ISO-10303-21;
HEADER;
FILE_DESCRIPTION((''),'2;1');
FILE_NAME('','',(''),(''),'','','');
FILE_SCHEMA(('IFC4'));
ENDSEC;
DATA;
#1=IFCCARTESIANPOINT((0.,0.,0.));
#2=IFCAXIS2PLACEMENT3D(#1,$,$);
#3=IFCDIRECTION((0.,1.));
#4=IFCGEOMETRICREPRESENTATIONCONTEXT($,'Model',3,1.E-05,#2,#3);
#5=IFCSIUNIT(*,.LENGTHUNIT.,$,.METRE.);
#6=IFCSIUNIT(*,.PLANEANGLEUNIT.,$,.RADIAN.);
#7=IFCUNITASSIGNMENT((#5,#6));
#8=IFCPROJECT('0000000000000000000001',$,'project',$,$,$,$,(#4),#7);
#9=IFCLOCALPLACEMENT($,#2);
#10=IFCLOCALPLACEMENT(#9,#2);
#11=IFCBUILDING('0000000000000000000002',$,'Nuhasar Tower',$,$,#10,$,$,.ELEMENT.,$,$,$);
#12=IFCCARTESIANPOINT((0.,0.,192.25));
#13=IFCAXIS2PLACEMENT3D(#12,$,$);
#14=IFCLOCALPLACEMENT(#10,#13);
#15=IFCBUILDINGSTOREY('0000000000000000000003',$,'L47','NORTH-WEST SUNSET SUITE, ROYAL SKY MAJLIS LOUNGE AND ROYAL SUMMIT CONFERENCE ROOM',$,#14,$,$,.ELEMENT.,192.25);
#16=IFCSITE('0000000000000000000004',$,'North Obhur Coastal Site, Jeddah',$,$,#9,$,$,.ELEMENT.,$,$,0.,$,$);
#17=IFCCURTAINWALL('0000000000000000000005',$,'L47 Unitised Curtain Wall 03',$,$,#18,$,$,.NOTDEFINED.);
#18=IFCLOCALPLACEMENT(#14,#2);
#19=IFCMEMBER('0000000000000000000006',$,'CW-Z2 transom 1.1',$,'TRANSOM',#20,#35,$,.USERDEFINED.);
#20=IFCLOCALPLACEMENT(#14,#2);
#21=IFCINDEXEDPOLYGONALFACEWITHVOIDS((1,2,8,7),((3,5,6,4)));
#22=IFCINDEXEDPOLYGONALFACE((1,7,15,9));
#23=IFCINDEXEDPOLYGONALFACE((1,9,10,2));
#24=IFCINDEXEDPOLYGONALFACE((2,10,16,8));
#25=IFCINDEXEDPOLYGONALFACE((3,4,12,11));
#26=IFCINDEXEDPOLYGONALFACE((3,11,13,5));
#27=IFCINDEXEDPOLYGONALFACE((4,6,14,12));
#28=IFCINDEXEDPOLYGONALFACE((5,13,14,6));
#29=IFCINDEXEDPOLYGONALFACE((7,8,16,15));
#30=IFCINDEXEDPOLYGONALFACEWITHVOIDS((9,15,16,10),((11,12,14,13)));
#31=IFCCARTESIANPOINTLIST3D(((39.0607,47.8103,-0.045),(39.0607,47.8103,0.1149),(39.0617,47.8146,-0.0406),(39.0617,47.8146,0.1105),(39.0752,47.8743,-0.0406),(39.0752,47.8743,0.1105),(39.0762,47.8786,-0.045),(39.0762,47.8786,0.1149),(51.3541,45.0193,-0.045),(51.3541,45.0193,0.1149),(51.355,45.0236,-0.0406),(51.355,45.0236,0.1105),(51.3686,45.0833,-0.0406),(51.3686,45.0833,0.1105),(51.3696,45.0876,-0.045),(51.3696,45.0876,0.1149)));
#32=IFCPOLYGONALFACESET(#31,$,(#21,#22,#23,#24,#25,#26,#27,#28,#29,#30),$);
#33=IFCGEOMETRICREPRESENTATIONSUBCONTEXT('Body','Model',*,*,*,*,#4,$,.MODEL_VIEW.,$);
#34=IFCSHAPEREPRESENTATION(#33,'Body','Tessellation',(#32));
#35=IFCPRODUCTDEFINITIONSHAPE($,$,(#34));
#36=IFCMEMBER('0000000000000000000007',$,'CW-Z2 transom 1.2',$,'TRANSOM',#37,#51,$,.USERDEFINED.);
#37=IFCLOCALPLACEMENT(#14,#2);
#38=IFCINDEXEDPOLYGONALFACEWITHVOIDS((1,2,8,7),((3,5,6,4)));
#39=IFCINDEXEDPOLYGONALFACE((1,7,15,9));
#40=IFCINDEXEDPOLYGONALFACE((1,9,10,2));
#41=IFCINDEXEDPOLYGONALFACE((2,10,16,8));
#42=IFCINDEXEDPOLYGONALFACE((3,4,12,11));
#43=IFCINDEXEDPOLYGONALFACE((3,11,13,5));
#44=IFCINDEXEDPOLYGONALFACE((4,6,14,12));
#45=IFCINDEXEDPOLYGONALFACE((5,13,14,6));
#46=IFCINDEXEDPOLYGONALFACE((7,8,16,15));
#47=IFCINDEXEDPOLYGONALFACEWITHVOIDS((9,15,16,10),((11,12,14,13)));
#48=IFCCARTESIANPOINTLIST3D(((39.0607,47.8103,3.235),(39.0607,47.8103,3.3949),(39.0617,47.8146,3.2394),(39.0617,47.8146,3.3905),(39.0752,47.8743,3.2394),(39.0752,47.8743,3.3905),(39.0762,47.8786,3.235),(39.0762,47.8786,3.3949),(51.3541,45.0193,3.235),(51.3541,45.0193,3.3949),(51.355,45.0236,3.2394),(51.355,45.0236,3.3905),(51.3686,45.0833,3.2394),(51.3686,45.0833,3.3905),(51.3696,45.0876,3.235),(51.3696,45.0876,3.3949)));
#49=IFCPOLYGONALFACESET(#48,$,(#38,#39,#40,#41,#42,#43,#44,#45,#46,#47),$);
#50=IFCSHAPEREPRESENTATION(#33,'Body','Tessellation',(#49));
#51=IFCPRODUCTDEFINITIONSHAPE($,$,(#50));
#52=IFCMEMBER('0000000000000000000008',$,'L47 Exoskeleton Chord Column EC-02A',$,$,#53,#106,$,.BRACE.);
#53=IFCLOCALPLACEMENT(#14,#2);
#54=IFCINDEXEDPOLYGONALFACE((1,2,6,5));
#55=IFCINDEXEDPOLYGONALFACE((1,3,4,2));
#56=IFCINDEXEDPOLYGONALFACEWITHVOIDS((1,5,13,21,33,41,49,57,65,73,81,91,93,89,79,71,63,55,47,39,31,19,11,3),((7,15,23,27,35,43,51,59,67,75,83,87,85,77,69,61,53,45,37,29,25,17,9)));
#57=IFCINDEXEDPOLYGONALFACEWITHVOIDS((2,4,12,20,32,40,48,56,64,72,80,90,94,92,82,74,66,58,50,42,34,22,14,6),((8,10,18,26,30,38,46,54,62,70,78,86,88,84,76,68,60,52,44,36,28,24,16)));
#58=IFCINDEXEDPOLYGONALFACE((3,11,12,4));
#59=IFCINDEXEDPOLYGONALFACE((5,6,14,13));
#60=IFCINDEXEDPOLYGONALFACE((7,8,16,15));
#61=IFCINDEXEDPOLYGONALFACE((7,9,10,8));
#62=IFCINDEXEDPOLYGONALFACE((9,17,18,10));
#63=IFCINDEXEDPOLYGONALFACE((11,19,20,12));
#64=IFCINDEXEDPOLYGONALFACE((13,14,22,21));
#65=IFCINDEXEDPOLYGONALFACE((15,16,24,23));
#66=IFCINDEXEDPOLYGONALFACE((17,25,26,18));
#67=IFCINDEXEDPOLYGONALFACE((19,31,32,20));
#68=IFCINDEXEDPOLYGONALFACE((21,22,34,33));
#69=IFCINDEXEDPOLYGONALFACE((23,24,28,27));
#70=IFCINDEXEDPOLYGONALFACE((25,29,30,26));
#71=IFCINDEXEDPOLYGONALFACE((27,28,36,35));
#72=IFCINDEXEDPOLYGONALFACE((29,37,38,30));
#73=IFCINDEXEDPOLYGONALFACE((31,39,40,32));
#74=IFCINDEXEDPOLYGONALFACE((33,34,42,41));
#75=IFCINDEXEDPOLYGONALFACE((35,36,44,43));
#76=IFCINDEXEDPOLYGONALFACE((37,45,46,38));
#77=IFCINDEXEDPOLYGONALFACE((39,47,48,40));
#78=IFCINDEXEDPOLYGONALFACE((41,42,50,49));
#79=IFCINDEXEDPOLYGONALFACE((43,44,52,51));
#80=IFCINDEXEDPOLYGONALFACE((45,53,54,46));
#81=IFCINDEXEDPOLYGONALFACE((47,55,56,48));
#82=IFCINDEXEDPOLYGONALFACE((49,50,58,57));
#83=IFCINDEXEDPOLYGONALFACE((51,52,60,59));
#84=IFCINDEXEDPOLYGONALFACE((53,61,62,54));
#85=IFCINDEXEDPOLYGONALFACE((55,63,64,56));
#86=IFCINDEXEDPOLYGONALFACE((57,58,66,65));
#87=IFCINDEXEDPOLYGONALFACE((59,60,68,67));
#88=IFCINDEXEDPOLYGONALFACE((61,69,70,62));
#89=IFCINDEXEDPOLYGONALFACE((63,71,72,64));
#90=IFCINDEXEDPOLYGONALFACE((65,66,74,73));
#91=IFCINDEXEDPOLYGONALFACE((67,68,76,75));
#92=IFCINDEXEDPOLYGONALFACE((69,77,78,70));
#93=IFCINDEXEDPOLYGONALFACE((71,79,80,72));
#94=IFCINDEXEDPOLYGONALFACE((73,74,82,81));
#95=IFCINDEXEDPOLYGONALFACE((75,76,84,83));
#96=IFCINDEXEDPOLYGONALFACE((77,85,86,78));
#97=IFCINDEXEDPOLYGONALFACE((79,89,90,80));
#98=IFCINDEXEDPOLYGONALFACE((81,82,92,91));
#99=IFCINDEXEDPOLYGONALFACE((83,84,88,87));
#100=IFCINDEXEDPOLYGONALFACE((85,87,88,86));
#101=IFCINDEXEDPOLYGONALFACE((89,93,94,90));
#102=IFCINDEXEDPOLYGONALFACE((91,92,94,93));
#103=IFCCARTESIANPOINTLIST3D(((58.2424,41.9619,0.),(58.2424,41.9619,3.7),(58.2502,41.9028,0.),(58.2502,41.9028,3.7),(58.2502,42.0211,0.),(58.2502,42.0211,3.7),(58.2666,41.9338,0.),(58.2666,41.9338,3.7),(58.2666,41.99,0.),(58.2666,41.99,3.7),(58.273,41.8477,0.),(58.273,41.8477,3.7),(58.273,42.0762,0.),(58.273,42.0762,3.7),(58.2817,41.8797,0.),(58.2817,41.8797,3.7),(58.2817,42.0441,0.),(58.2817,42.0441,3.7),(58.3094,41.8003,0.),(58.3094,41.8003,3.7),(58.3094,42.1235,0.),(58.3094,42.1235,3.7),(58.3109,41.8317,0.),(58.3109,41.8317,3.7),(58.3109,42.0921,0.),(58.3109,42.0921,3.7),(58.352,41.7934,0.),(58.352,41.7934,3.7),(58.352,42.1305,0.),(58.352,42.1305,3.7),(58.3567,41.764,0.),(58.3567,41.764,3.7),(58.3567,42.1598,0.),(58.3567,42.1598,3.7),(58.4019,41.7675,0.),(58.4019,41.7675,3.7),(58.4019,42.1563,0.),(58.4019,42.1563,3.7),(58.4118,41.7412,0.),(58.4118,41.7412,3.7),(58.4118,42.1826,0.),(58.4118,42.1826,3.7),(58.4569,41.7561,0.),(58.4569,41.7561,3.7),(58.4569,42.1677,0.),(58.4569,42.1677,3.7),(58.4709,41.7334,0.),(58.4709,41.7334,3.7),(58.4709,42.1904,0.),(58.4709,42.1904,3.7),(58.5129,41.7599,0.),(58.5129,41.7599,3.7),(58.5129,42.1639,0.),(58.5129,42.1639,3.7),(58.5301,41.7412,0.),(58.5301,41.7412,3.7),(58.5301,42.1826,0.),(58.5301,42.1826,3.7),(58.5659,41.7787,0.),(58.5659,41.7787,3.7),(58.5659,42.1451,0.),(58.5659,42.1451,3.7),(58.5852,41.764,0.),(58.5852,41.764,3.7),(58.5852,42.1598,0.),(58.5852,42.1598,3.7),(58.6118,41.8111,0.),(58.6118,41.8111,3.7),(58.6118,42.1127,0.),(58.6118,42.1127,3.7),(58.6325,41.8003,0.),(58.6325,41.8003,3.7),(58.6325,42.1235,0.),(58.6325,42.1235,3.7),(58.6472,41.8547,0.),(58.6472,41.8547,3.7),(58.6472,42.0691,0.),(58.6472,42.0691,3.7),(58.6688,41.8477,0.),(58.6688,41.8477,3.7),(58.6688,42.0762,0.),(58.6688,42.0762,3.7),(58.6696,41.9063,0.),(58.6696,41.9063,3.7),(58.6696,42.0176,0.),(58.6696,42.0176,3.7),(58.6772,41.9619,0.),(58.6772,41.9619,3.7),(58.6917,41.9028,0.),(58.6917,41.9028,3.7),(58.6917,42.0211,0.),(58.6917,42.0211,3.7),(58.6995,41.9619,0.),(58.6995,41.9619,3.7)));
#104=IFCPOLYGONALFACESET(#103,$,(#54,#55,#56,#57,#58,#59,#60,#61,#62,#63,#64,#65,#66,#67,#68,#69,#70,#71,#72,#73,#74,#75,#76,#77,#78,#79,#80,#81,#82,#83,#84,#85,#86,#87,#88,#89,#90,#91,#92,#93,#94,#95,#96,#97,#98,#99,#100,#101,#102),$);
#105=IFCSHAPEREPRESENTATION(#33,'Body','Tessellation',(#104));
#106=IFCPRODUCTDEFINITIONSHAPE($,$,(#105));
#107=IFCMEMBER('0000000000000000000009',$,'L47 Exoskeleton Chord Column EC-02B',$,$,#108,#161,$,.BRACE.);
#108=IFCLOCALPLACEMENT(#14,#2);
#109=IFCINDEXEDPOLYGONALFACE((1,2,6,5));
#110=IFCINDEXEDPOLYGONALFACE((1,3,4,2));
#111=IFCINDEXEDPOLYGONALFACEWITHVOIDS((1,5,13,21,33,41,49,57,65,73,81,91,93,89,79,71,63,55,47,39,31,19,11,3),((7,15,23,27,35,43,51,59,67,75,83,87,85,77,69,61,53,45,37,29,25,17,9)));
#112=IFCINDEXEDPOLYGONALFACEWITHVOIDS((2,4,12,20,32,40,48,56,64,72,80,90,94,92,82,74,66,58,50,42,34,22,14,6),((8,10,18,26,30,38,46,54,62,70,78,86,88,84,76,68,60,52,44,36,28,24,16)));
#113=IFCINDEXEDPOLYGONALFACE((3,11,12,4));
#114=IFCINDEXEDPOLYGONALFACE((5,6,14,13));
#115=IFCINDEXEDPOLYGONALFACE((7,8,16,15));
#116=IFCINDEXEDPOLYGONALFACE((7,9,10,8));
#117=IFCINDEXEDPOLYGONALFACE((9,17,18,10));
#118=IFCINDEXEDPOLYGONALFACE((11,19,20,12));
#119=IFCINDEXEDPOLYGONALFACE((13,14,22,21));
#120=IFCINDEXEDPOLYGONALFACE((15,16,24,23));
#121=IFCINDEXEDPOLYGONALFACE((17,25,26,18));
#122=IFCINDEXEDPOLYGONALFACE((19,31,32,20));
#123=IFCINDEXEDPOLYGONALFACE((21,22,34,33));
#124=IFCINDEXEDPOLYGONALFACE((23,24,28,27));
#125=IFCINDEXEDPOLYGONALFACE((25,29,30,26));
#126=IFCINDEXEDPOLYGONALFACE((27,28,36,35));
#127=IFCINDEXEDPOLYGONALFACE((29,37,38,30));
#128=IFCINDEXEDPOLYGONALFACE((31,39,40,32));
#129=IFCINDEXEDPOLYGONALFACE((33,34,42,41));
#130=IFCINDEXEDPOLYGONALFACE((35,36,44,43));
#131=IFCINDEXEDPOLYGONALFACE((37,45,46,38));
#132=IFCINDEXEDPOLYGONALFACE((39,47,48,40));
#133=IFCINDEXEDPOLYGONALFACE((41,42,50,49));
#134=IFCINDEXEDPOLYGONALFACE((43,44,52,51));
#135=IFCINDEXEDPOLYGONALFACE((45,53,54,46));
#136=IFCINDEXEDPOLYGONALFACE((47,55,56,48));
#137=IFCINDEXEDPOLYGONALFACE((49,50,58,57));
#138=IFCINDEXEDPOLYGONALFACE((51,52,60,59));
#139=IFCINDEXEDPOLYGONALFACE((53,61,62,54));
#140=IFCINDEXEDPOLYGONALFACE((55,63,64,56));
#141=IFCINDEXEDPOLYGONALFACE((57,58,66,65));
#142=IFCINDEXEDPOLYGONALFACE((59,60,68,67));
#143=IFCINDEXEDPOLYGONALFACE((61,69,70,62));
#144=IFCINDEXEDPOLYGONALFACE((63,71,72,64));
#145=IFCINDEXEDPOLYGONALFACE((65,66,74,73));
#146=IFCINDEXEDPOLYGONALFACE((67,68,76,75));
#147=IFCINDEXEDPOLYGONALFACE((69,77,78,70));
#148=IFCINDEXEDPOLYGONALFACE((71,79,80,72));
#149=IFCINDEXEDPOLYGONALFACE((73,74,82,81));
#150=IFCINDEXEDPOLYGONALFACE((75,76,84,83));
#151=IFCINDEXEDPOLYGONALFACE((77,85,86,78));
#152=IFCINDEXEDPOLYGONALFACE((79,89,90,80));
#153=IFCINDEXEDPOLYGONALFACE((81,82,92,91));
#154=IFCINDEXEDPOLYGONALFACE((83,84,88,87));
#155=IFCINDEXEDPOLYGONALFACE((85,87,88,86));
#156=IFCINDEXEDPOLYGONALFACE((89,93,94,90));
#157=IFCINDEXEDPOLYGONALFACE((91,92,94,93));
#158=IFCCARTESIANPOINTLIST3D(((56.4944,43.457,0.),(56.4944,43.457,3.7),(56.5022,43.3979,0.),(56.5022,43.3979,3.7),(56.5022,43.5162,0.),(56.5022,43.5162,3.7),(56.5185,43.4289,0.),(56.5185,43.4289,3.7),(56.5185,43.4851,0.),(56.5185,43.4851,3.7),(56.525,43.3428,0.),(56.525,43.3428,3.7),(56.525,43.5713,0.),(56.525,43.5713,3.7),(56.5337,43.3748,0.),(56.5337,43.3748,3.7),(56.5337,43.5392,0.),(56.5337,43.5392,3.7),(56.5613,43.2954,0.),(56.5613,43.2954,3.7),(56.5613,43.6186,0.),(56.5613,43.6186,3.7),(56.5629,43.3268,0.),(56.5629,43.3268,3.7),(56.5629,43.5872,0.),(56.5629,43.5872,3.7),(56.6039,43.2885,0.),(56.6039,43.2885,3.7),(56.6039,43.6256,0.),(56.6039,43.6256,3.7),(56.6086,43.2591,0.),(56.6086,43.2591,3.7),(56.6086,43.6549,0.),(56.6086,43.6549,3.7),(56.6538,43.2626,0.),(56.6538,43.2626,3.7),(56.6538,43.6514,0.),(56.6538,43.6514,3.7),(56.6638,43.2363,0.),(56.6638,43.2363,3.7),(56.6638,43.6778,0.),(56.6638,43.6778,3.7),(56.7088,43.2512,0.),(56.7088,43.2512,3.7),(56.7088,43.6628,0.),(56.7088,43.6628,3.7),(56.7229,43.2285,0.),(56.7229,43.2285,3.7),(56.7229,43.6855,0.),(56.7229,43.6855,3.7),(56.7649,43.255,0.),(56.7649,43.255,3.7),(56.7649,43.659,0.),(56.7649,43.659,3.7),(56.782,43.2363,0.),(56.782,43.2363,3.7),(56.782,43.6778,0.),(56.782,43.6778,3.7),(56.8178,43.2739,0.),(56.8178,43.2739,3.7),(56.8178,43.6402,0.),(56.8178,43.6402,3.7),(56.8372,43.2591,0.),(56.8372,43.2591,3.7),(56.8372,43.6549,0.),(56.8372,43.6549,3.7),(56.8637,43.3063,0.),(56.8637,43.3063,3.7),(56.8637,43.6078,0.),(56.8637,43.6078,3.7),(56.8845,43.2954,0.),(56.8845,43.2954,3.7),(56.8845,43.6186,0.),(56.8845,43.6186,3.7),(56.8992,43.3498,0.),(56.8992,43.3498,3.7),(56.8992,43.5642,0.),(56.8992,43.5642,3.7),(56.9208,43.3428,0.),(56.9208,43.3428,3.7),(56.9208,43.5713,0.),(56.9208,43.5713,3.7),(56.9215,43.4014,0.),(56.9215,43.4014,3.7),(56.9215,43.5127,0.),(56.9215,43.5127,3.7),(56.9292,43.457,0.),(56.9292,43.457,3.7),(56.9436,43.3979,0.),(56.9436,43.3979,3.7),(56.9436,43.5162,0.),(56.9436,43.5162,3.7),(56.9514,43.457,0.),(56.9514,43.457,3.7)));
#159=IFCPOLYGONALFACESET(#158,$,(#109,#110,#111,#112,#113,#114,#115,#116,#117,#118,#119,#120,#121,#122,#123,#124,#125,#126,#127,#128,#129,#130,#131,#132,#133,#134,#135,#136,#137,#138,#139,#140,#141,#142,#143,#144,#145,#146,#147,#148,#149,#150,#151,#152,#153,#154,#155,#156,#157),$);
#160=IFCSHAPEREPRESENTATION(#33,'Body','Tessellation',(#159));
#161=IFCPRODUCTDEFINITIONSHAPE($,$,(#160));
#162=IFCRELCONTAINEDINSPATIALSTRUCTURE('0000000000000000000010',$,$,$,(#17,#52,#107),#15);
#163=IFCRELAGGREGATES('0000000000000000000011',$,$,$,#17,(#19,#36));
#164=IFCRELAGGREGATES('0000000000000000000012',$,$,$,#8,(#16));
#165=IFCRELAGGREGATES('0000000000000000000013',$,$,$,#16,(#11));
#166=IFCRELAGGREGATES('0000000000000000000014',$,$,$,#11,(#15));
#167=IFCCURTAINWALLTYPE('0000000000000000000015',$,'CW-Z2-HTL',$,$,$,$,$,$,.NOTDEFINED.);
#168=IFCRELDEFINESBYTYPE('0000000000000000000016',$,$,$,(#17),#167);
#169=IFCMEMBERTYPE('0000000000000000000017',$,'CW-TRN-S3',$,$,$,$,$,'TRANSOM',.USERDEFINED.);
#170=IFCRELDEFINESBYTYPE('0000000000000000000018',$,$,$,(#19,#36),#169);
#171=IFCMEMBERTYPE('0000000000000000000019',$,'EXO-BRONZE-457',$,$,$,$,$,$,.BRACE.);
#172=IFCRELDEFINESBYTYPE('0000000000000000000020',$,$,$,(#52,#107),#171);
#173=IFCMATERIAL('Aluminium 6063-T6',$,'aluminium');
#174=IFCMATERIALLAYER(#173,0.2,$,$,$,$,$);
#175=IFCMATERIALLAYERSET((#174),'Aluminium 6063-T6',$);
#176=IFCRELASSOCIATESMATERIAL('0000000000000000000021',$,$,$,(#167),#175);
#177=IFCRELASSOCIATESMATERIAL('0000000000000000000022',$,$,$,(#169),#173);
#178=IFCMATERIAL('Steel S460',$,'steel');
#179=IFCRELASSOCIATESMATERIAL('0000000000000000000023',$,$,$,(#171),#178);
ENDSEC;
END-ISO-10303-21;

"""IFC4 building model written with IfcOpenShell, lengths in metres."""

from ifc_helpers import new_model, si_unit, direction, frame, origin, origin_2d, place, context, subcontext, project, spatial, hollow_rectangle, hollow_circle, extrude, material, layer, layer_set, material_profile, profile_set, type_object, element, aggregate, save


model = new_model("IFC4")

# Units and contexts
model_context = context("Model", 3, precision=1e-05, world=origin(), true_north=direction((0.0, 1.0)))
body_context = subcontext(model_context, "Body", "Model", "MODEL_VIEW")
ifc_project = project(units=[si_unit("LENGTHUNIT", "METRE"), si_unit("PLANEANGLEUNIT", "RADIAN")], contexts=[model_context])

# Site, building, storey
site_placement = place(None, origin())
site = spatial("IfcSite", under=ifc_project, at=site_placement, Name="North Obhur Coastal Site, Jeddah", CompositionType="ELEMENT", RefElevation=0.0)
building_placement = place(site_placement, origin())
building = spatial("IfcBuilding", under=site, at=building_placement, Name="Nuhasar Tower", CompositionType="ELEMENT")
storey_placement = place(building_placement, frame((0.0, 0.0, 192.25)))
storey = spatial("IfcBuildingStorey", under=building, at=storey_placement, Name="L47", Description="NORTH-WEST SUNSET SUITE, ROYAL SKY MAJLIS LOUNGE AND ROYAL SUMMIT CONFERENCE ROOM", CompositionType="ELEMENT", Elevation=192.25)

# Shared definitions
ifc_material_1 = material(Name="Aluminium 6063-T6", Category="aluminium")
ifc_layer_1 = layer(ifc_material_1, 0.2)
ifc_layer_set_1 = layer_set([ifc_layer_1], Name="Aluminium 6063-T6")
curtain_wall_type = type_object("IfcCurtainWallType", Name="CW-Z2-HTL", PredefinedType="NOTDEFINED", material=ifc_layer_set_1)

# Curtain wall
curtain_wall_1_placement = place(storey_placement, origin())
curtain_wall_1 = element("IfcCurtainWall", 1, at=curtain_wall_1_placement, inside=storey, type_object=curtain_wall_type, Name="L47 Unitised Curtain Wall 03", PredefinedType="NOTDEFINED")

# Members
ifc_material_profile_1 = material_profile(ifc_material_1, hollow_rectangle(XDim=0.0701, YDim=0.1599, WallThickness=0.0044, at=origin_2d()), Name="CWT-3")
ifc_profile_set_1 = profile_set([ifc_material_profile_1], Name="Aluminium 6063-T6")
member_type_1 = type_object("IfcMemberType", Name="CW-TRN-S3", ElementType="TRANSOM", PredefinedType="USERDEFINED", material=ifc_profile_set_1)
member_1_placement = place(storey_placement, frame((51.3618, 45.0535, 0.0349), z_axis=(-0.975183, 0.221398, 0.0), x_axis=(-0.221398, -0.975183, 0.0)))
member_1 = element("IfcMember", 2, at=member_1_placement, type_object=member_type_1, Name="CW-Z2 transom 1.1", ObjectType="TRANSOM", PredefinedType="USERDEFINED", context=body_context, shape_type="SweptSolid", body=[
    extrude(hollow_rectangle(XDim=0.0701, YDim=0.1599, WallThickness=0.0044, at=origin_2d()), origin(), (0.0, 0.0, 1.0), 12.6062),
])
member_2_placement = place(storey_placement, frame((51.3618, 45.0535, 3.3149), z_axis=(-0.975183, 0.221398, 0.0), x_axis=(-0.221398, -0.975183, 0.0)))
member_2 = element("IfcMember", 3, at=member_2_placement, type_object=member_type_1, Name="CW-Z2 transom 1.2", ObjectType="TRANSOM", PredefinedType="USERDEFINED", context=body_context, shape_type="SweptSolid", body=[
    extrude(hollow_rectangle(XDim=0.0701, YDim=0.1599, WallThickness=0.0044, at=origin_2d()), origin(), (0.0, 0.0, 1.0), 12.6062),
])
aggregate(curtain_wall_1, [member_1, member_2])

# Members
ifc_material_2 = material(Name="Steel S460", Category="steel")
ifc_material_profile_2 = material_profile(ifc_material_2, hollow_circle(Radius=0.2285, WallThickness=0.0222, at=origin_2d()), Name="HSS457X22.2")
ifc_profile_set_2 = profile_set([ifc_material_profile_2], Name="Steel S460")
member_type_2 = type_object("IfcMemberType", Name="EXO-BRONZE-457", PredefinedType="BRACE", material=ifc_profile_set_2)
for number, where, z_axis, x_axis, name in (
    (4, (58.4709, 41.9619, 0.0), (0.0, 0.0, 1.0), (1.0, 0.0, 0.0), "L47 Exoskeleton Chord Column EC-02A"),
    (5, (56.7229, 43.457, 0.0), (0.0, 0.0, 1.0), (1.0, 0.0, 0.0), "L47 Exoskeleton Chord Column EC-02B"),
):
    element("IfcMember", number, at=place(storey_placement, frame(where, z_axis=z_axis, x_axis=x_axis)), inside=storey, type_object=member_type_2, Name=name, PredefinedType="BRACE", context=body_context, shape_type="SweptSolid", body=[
        extrude(hollow_circle(Radius=0.2285, WallThickness=0.0222, at=origin_2d()), origin(), (0.0, 0.0, 1.0), 3.7),
    ])

save(model, "model.ifc")
